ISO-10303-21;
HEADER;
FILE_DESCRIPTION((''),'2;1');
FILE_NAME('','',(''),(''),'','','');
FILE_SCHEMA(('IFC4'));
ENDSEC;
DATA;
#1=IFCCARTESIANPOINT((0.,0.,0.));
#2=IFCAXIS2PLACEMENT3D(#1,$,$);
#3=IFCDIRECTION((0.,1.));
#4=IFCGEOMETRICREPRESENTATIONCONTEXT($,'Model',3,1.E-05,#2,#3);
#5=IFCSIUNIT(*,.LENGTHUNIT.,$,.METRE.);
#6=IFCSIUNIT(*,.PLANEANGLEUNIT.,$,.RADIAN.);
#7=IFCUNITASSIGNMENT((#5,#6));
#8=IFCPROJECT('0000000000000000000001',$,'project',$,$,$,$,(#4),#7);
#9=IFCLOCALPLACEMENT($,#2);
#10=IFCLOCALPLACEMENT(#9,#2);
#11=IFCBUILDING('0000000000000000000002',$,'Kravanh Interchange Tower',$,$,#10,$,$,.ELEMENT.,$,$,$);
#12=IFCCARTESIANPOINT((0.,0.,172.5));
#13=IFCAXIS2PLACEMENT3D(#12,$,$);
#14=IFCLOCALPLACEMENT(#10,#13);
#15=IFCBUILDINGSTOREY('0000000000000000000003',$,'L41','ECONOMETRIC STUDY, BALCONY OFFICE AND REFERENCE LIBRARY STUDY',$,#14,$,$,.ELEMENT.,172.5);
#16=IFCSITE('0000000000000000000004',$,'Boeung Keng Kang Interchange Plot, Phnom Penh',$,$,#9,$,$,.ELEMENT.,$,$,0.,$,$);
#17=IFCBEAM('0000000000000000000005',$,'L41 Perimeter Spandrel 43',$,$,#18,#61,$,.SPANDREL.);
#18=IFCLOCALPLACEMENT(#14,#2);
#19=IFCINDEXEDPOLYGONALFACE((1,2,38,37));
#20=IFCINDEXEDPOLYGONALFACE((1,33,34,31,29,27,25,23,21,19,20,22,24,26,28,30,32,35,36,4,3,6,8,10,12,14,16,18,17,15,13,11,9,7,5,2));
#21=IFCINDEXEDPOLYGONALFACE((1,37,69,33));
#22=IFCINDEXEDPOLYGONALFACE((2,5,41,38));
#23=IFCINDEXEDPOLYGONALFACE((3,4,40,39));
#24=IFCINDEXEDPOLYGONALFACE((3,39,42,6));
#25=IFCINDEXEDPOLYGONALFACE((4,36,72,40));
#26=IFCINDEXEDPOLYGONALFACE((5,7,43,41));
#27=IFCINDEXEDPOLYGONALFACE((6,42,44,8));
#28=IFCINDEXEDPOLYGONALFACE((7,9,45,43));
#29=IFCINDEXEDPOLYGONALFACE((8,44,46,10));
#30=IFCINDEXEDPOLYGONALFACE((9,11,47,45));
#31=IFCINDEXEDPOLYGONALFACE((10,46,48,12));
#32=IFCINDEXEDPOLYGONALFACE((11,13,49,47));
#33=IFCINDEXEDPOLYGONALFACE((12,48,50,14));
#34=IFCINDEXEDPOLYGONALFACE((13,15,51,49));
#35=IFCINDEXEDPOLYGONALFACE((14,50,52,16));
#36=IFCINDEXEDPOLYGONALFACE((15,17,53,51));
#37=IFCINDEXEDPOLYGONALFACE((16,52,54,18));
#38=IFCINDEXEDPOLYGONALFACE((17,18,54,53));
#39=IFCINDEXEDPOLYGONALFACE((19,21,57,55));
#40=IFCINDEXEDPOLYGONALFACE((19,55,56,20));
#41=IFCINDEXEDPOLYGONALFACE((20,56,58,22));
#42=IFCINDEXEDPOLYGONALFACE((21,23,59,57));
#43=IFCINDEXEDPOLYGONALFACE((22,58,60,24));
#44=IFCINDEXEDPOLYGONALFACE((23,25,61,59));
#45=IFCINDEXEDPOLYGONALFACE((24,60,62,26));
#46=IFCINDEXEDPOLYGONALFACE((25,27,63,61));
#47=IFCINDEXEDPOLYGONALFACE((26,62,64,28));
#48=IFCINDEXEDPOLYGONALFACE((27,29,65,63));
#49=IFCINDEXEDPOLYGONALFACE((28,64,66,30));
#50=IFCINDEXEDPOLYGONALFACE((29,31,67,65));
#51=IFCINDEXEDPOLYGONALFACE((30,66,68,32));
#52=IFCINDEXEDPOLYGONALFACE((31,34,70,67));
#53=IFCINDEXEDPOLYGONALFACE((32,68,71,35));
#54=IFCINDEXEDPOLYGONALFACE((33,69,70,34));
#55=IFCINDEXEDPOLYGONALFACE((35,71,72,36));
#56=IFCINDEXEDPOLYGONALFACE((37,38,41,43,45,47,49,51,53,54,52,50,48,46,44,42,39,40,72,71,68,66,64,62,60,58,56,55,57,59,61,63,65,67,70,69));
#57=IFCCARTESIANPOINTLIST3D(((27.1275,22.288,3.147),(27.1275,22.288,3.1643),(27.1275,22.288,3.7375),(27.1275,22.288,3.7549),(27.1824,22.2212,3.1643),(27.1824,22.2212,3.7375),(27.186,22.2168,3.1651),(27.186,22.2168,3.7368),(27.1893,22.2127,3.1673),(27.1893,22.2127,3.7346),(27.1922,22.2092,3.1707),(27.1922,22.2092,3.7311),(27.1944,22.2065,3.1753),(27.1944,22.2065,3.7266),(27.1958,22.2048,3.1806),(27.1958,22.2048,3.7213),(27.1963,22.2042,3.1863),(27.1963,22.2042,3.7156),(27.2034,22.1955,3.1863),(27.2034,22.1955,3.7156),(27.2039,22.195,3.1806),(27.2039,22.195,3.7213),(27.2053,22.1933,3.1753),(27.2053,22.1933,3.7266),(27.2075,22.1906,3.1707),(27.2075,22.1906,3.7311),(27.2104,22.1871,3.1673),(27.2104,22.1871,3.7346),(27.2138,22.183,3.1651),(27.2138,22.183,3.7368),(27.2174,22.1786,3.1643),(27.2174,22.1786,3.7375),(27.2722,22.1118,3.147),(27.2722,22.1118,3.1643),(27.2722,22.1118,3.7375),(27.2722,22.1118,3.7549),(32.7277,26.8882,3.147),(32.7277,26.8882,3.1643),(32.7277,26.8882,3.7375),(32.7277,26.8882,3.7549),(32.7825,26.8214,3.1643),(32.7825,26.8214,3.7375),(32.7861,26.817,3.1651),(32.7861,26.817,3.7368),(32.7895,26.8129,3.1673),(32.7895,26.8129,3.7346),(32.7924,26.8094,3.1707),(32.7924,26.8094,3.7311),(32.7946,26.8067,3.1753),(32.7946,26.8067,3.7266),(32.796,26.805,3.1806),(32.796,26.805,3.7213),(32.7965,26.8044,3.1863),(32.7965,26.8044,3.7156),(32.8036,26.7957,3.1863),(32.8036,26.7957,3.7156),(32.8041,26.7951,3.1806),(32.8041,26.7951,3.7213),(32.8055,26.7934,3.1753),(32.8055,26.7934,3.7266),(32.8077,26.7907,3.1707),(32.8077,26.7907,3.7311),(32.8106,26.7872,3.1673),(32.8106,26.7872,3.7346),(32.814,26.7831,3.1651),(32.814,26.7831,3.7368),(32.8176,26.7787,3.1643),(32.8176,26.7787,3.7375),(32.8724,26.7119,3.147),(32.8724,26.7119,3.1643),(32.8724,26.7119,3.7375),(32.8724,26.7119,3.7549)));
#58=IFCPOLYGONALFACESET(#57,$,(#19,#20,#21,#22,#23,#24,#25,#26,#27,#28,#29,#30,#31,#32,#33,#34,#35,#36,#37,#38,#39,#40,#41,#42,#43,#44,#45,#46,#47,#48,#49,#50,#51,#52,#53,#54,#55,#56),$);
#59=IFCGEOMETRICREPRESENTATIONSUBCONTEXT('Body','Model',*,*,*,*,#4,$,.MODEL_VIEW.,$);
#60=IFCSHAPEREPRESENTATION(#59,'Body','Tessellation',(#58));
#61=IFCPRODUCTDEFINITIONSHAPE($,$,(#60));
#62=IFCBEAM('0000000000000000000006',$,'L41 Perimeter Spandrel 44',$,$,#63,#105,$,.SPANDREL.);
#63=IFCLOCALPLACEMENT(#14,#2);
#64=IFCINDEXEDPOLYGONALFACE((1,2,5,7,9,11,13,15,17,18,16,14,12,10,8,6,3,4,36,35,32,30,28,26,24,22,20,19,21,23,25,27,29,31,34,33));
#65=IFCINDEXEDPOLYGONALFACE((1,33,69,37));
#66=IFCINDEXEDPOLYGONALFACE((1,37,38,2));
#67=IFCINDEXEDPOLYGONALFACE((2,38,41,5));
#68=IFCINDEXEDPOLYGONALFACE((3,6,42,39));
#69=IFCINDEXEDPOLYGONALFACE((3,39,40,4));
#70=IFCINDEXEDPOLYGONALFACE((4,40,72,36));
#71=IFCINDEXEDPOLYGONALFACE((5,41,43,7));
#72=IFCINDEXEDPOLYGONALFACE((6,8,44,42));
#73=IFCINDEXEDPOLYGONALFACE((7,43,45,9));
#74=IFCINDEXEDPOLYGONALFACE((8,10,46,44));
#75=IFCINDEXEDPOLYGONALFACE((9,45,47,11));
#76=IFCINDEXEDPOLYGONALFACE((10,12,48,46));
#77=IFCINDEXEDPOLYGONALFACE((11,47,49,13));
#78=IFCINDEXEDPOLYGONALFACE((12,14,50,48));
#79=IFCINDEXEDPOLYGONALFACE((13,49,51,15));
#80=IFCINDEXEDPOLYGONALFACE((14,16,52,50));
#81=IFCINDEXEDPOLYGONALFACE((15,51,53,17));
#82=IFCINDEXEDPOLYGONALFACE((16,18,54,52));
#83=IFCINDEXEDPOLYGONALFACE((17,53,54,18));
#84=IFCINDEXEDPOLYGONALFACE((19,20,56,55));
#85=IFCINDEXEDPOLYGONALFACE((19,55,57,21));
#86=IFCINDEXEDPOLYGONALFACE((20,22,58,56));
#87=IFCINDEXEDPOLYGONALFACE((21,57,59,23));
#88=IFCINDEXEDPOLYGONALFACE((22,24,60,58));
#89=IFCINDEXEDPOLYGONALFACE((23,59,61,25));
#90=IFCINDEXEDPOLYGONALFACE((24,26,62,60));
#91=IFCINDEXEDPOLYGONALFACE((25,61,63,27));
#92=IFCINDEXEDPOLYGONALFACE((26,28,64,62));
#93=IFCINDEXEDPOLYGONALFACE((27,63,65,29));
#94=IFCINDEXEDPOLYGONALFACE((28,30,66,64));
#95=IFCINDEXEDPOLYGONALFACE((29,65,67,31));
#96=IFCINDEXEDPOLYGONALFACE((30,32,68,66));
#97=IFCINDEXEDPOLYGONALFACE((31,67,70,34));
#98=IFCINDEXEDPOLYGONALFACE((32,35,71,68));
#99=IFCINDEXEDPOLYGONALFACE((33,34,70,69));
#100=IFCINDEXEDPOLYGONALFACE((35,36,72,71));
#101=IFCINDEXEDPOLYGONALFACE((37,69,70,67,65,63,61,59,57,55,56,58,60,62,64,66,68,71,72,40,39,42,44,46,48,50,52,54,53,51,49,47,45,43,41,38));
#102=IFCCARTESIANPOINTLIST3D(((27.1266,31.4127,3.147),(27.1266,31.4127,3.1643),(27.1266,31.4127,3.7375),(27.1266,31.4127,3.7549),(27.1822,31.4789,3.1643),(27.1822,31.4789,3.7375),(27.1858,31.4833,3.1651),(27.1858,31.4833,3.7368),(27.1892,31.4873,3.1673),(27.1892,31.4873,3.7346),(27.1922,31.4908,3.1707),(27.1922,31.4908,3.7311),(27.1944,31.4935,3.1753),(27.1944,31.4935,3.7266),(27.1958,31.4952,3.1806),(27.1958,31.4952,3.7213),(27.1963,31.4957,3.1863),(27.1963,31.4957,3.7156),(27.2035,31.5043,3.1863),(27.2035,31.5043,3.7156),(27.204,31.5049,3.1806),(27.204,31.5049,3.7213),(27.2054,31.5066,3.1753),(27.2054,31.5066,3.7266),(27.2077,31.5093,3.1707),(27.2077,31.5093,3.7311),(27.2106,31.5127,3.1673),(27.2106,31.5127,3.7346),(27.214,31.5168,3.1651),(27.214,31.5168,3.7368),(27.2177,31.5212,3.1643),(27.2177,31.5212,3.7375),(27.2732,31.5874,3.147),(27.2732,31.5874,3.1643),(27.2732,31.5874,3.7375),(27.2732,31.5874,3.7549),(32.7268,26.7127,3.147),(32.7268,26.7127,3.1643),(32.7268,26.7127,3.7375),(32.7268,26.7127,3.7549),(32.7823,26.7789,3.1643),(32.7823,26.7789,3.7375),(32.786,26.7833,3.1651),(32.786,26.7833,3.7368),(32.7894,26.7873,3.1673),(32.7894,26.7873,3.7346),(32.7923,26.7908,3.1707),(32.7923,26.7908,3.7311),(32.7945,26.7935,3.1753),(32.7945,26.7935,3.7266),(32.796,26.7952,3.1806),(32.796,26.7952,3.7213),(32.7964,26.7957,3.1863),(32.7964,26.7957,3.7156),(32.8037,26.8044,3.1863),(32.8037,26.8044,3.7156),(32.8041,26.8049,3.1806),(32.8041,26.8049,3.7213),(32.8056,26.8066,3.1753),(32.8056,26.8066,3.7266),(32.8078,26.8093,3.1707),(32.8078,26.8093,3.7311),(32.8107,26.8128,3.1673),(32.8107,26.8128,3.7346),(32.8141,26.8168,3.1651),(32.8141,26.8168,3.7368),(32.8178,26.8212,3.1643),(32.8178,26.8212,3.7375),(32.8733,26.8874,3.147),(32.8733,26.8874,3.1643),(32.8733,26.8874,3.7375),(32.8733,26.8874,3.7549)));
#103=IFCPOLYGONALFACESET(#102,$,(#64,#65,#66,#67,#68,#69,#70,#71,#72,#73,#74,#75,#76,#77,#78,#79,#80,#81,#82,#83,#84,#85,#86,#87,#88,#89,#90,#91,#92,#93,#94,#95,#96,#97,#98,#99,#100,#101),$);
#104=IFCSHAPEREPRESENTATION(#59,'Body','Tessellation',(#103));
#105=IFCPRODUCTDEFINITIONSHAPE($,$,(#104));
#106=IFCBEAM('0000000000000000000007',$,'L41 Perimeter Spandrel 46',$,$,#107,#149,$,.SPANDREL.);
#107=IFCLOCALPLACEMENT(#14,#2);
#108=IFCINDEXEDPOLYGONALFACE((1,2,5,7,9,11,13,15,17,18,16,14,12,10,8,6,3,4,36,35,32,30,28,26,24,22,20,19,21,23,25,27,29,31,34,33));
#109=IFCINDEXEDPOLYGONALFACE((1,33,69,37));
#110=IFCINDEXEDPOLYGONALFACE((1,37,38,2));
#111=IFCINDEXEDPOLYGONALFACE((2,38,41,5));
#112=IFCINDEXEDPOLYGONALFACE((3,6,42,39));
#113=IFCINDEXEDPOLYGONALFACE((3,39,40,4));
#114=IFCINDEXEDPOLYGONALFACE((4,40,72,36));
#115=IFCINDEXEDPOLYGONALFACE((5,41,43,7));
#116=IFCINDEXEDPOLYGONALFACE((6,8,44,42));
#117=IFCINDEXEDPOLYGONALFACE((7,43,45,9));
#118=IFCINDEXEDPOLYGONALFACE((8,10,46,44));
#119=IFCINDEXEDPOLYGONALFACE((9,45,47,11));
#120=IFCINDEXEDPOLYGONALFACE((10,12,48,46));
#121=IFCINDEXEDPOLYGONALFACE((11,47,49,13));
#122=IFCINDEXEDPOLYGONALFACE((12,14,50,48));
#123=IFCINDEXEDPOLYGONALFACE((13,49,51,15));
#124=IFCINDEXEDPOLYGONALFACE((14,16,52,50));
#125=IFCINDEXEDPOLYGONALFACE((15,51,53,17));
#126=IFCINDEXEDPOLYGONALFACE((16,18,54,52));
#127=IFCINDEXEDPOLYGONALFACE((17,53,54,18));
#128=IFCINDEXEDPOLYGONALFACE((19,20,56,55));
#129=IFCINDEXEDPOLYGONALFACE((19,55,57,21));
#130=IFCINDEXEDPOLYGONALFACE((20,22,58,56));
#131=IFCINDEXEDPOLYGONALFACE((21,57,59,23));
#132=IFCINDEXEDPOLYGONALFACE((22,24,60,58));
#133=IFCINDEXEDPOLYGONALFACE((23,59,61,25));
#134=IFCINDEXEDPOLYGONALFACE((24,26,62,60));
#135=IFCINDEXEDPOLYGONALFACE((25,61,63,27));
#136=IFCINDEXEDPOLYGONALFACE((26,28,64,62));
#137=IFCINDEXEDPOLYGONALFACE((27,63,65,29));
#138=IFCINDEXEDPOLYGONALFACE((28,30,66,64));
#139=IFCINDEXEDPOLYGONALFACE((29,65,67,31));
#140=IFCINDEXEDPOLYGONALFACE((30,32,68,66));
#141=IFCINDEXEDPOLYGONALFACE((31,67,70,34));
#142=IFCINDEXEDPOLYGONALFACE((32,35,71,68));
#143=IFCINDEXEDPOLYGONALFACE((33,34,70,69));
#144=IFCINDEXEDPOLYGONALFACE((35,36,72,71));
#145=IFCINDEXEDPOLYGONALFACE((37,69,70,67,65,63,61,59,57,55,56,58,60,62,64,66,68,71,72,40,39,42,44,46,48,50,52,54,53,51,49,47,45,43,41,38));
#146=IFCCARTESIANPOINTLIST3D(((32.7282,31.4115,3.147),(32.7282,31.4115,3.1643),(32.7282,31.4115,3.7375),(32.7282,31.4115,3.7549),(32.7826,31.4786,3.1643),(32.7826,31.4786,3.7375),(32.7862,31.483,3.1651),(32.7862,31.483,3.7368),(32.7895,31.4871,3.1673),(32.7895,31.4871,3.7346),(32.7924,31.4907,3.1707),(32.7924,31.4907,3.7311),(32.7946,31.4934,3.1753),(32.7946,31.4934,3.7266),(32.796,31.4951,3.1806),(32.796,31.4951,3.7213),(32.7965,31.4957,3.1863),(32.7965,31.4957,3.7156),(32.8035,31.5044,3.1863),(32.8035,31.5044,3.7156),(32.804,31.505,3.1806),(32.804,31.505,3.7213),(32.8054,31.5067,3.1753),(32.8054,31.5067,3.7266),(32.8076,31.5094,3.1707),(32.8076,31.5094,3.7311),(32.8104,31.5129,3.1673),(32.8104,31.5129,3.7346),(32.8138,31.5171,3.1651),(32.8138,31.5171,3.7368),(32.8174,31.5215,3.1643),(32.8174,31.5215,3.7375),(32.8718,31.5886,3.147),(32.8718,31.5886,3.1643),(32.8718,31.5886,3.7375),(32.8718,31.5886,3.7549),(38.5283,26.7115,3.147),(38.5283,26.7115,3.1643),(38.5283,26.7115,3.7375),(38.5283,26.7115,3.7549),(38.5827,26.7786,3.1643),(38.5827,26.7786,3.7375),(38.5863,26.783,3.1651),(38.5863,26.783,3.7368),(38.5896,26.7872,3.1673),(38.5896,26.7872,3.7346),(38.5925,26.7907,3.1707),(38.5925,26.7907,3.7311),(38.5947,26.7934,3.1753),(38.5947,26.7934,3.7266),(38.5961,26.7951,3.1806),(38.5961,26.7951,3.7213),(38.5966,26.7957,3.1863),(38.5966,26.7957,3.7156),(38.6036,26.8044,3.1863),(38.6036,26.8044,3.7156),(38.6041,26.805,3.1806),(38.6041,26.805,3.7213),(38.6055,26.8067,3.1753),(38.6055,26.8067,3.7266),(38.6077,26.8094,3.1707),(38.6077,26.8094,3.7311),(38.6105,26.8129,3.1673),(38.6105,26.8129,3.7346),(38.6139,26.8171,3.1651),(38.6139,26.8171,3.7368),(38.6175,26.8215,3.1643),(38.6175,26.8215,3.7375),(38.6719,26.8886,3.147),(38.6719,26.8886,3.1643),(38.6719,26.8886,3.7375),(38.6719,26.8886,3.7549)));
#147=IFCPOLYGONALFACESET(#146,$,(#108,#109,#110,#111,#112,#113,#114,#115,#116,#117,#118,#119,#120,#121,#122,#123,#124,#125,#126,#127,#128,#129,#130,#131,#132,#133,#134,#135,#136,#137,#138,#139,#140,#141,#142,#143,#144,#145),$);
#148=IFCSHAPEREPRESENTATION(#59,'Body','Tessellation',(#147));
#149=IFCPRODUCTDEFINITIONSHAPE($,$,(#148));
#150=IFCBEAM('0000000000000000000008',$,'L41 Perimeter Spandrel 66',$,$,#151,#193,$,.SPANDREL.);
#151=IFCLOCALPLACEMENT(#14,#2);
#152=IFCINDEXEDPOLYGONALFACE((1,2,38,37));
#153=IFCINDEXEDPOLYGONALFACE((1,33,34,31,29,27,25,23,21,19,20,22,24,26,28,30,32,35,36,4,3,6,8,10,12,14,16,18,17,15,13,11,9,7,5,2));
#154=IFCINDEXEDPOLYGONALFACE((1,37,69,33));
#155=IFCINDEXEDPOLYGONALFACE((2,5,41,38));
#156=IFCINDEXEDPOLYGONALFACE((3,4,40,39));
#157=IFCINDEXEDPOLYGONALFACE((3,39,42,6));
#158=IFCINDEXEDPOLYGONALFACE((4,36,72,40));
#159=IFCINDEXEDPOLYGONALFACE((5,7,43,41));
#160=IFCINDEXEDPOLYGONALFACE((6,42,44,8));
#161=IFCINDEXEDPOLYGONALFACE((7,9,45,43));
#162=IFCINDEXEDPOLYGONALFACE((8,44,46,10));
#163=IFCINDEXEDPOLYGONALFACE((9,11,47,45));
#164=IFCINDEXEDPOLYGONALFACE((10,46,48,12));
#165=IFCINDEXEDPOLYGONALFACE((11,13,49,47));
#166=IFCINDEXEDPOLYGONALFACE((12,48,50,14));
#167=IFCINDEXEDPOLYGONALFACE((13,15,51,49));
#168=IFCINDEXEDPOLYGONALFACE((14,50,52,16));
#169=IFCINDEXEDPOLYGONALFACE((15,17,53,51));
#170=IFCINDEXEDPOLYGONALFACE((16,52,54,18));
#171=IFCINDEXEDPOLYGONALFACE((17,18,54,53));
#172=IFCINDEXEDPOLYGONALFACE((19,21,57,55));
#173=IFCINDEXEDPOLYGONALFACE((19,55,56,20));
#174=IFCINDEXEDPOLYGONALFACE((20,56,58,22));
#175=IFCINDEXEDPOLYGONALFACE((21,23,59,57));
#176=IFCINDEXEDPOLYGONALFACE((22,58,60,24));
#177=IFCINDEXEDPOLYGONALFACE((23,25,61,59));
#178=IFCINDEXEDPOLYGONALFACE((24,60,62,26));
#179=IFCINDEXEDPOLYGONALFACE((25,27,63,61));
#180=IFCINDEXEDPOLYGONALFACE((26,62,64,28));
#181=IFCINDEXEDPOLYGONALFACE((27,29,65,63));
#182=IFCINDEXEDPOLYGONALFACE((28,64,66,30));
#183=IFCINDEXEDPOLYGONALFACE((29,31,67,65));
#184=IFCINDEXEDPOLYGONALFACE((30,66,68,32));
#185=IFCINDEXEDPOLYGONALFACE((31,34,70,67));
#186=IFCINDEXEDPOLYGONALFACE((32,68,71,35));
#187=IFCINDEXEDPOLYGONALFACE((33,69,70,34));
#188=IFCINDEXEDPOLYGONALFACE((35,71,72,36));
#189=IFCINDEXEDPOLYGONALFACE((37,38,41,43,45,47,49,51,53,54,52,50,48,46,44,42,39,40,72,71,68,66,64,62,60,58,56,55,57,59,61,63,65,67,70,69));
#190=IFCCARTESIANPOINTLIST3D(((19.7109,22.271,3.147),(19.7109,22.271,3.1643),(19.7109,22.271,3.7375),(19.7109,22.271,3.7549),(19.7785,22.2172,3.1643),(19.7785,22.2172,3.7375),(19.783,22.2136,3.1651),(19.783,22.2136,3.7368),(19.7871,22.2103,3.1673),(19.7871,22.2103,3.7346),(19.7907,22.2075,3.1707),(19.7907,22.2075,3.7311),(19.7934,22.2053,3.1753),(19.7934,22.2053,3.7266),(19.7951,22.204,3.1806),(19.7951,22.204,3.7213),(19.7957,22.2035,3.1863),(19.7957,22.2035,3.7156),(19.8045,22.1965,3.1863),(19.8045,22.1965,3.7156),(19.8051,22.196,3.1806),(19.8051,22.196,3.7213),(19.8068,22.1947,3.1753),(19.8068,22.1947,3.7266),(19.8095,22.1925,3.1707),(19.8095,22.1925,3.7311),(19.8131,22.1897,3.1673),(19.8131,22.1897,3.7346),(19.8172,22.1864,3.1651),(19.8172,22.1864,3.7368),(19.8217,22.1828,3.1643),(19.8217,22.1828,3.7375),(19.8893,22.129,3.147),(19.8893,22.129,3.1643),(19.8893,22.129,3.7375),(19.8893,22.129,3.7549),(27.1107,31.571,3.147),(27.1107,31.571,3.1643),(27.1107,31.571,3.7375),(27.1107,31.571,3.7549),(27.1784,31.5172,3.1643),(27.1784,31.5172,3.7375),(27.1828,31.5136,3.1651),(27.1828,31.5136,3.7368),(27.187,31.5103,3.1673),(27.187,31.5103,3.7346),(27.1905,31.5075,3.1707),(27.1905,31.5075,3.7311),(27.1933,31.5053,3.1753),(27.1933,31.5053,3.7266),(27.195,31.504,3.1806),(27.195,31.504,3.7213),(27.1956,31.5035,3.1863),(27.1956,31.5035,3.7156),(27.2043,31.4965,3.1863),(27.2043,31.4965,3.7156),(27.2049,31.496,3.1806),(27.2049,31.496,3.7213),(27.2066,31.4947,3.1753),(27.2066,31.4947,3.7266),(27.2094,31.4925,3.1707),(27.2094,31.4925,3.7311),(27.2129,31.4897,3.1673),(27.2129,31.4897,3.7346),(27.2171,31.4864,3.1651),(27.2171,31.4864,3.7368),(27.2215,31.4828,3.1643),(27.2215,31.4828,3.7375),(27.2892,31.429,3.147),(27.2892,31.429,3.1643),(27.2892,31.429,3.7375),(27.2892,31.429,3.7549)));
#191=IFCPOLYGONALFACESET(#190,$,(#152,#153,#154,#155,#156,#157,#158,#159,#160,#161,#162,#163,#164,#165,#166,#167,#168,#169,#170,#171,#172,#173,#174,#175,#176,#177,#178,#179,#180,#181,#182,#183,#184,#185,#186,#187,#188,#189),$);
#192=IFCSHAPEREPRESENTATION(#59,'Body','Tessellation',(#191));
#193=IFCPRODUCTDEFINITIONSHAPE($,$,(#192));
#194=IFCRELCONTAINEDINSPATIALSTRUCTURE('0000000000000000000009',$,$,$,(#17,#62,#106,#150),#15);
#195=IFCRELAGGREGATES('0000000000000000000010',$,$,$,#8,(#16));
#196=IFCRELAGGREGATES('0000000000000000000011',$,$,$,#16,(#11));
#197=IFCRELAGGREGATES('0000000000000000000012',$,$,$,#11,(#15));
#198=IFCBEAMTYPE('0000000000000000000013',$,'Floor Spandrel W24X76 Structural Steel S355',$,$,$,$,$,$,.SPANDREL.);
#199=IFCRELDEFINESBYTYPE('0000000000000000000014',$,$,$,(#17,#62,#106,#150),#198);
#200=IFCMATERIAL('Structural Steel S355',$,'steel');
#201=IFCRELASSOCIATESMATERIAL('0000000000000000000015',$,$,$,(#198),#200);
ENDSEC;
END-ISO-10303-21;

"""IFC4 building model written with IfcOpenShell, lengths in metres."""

from ifc_helpers import new_model, si_unit, direction, frame, origin, origin_2d, place, context, subcontext, project, spatial, i_section, extrude, material, material_profile, profile_set, type_object, element, save


model = new_model("IFC4")

# Units and contexts
model_context = context("Model", 3, precision=1e-05, world=origin(), true_north=direction((0.0, 1.0)))
body_context = subcontext(model_context, "Body", "Model", "MODEL_VIEW")
ifc_project = project(units=[si_unit("LENGTHUNIT", "METRE"), si_unit("PLANEANGLEUNIT", "RADIAN")], contexts=[model_context])

# Site, building, storey
site_placement = place(None, origin())
site = spatial("IfcSite", under=ifc_project, at=site_placement, Name="Boeung Keng Kang Interchange Plot, Phnom Penh", CompositionType="ELEMENT", RefElevation=0.0)
building_placement = place(site_placement, origin())
building = spatial("IfcBuilding", under=site, at=building_placement, Name="Kravanh Interchange Tower", CompositionType="ELEMENT")
storey_placement = place(building_placement, frame((0.0, 0.0, 172.5)))
storey = spatial("IfcBuildingStorey", under=building, at=storey_placement, Name="L41", Description="ECONOMETRIC STUDY, BALCONY OFFICE AND REFERENCE LIBRARY STUDY", CompositionType="ELEMENT", Elevation=172.5)

# Beams
ifc_material_1 = material(Name="Structural Steel S355", Category="steel")
ifc_material_profile_1 = material_profile(ifc_material_1, i_section(OverallWidth=0.228, OverallDepth=0.6079, WebThickness=0.0112, FlangeThickness=0.0173, FilletRadius=0.022, at=origin_2d()), Name="W24X76")
ifc_profile_set_1 = profile_set([ifc_material_profile_1], Name="Structural Steel S355")
beam_type_1 = type_object("IfcBeamType", Name="Floor Spandrel W24X76 Structural Steel S355", PredefinedType="SPANDREL", material=ifc_profile_set_1)
beam_1_placement = place(storey_placement, frame((32.8, 26.8, 3.4509), z_axis=(-0.772725, -0.634741, 0.0), x_axis=(0.634741, -0.772725, 0.0)))
element("IfcBeam", 1, at=beam_1_placement, inside=storey, type_object=beam_type_1, Name="L41 Perimeter Spandrel 43", PredefinedType="SPANDREL", context=body_context, shape_type="SweptSolid", body=[
    extrude(i_section(OverallWidth=0.228, OverallDepth=0.6079, WebThickness=0.0112, FlangeThickness=0.0173, FilletRadius=0.022, at=origin_2d()), origin(), (0.0, 0.0, 1.0), 7.2473),
])
beam_2_placement = place(storey_placement, frame((32.8, 26.8, 3.4509), z_axis=(-0.765983, 0.642861, 0.0), x_axis=(-0.642861, -0.765983, 0.0)))
element("IfcBeam", 2, at=beam_2_placement, inside=storey, type_object=beam_type_1, Name="L41 Perimeter Spandrel 44", PredefinedType="SPANDREL", context=body_context, shape_type="SweptSolid", body=[
    extrude(i_section(OverallWidth=0.228, OverallDepth=0.6079, WebThickness=0.0112, FlangeThickness=0.0173, FilletRadius=0.022, at=origin_2d()), origin(), (0.0, 0.0, 1.0), 7.311),
])
beam_3_placement = place(storey_placement, frame((38.6001, 26.8, 3.4509), z_axis=(-0.776939, 0.629576, 0.0), x_axis=(-0.629576, -0.776939, 0.0)))
element("IfcBeam", 3, at=beam_3_placement, inside=storey, type_object=beam_type_1, Name="L41 Perimeter Spandrel 46", PredefinedType="SPANDREL", context=body_context, shape_type="SweptSolid", body=[
    extrude(i_section(OverallWidth=0.228, OverallDepth=0.6079, WebThickness=0.0112, FlangeThickness=0.0173, FilletRadius=0.022, at=origin_2d()), origin(), (0.0, 0.0, 1.0), 7.4653),
])
beam_4_placement = place(storey_placement, frame((27.2, 31.5, 3.4509), z_axis=(-0.622634, -0.782513, 0.0), x_axis=(0.782513, -0.622634, 0.0)))
element("IfcBeam", 4, at=beam_4_placement, inside=storey, type_object=beam_type_1, Name="L41 Perimeter Spandrel 66", PredefinedType="SPANDREL", context=body_context, shape_type="SweptSolid", body=[
    extrude(i_section(OverallWidth=0.228, OverallDepth=0.6079, WebThickness=0.0112, FlangeThickness=0.0173, FilletRadius=0.022, at=origin_2d()), origin(), (0.0, 0.0, 1.0), 11.8848),
])

save(model, "model.ifc")
